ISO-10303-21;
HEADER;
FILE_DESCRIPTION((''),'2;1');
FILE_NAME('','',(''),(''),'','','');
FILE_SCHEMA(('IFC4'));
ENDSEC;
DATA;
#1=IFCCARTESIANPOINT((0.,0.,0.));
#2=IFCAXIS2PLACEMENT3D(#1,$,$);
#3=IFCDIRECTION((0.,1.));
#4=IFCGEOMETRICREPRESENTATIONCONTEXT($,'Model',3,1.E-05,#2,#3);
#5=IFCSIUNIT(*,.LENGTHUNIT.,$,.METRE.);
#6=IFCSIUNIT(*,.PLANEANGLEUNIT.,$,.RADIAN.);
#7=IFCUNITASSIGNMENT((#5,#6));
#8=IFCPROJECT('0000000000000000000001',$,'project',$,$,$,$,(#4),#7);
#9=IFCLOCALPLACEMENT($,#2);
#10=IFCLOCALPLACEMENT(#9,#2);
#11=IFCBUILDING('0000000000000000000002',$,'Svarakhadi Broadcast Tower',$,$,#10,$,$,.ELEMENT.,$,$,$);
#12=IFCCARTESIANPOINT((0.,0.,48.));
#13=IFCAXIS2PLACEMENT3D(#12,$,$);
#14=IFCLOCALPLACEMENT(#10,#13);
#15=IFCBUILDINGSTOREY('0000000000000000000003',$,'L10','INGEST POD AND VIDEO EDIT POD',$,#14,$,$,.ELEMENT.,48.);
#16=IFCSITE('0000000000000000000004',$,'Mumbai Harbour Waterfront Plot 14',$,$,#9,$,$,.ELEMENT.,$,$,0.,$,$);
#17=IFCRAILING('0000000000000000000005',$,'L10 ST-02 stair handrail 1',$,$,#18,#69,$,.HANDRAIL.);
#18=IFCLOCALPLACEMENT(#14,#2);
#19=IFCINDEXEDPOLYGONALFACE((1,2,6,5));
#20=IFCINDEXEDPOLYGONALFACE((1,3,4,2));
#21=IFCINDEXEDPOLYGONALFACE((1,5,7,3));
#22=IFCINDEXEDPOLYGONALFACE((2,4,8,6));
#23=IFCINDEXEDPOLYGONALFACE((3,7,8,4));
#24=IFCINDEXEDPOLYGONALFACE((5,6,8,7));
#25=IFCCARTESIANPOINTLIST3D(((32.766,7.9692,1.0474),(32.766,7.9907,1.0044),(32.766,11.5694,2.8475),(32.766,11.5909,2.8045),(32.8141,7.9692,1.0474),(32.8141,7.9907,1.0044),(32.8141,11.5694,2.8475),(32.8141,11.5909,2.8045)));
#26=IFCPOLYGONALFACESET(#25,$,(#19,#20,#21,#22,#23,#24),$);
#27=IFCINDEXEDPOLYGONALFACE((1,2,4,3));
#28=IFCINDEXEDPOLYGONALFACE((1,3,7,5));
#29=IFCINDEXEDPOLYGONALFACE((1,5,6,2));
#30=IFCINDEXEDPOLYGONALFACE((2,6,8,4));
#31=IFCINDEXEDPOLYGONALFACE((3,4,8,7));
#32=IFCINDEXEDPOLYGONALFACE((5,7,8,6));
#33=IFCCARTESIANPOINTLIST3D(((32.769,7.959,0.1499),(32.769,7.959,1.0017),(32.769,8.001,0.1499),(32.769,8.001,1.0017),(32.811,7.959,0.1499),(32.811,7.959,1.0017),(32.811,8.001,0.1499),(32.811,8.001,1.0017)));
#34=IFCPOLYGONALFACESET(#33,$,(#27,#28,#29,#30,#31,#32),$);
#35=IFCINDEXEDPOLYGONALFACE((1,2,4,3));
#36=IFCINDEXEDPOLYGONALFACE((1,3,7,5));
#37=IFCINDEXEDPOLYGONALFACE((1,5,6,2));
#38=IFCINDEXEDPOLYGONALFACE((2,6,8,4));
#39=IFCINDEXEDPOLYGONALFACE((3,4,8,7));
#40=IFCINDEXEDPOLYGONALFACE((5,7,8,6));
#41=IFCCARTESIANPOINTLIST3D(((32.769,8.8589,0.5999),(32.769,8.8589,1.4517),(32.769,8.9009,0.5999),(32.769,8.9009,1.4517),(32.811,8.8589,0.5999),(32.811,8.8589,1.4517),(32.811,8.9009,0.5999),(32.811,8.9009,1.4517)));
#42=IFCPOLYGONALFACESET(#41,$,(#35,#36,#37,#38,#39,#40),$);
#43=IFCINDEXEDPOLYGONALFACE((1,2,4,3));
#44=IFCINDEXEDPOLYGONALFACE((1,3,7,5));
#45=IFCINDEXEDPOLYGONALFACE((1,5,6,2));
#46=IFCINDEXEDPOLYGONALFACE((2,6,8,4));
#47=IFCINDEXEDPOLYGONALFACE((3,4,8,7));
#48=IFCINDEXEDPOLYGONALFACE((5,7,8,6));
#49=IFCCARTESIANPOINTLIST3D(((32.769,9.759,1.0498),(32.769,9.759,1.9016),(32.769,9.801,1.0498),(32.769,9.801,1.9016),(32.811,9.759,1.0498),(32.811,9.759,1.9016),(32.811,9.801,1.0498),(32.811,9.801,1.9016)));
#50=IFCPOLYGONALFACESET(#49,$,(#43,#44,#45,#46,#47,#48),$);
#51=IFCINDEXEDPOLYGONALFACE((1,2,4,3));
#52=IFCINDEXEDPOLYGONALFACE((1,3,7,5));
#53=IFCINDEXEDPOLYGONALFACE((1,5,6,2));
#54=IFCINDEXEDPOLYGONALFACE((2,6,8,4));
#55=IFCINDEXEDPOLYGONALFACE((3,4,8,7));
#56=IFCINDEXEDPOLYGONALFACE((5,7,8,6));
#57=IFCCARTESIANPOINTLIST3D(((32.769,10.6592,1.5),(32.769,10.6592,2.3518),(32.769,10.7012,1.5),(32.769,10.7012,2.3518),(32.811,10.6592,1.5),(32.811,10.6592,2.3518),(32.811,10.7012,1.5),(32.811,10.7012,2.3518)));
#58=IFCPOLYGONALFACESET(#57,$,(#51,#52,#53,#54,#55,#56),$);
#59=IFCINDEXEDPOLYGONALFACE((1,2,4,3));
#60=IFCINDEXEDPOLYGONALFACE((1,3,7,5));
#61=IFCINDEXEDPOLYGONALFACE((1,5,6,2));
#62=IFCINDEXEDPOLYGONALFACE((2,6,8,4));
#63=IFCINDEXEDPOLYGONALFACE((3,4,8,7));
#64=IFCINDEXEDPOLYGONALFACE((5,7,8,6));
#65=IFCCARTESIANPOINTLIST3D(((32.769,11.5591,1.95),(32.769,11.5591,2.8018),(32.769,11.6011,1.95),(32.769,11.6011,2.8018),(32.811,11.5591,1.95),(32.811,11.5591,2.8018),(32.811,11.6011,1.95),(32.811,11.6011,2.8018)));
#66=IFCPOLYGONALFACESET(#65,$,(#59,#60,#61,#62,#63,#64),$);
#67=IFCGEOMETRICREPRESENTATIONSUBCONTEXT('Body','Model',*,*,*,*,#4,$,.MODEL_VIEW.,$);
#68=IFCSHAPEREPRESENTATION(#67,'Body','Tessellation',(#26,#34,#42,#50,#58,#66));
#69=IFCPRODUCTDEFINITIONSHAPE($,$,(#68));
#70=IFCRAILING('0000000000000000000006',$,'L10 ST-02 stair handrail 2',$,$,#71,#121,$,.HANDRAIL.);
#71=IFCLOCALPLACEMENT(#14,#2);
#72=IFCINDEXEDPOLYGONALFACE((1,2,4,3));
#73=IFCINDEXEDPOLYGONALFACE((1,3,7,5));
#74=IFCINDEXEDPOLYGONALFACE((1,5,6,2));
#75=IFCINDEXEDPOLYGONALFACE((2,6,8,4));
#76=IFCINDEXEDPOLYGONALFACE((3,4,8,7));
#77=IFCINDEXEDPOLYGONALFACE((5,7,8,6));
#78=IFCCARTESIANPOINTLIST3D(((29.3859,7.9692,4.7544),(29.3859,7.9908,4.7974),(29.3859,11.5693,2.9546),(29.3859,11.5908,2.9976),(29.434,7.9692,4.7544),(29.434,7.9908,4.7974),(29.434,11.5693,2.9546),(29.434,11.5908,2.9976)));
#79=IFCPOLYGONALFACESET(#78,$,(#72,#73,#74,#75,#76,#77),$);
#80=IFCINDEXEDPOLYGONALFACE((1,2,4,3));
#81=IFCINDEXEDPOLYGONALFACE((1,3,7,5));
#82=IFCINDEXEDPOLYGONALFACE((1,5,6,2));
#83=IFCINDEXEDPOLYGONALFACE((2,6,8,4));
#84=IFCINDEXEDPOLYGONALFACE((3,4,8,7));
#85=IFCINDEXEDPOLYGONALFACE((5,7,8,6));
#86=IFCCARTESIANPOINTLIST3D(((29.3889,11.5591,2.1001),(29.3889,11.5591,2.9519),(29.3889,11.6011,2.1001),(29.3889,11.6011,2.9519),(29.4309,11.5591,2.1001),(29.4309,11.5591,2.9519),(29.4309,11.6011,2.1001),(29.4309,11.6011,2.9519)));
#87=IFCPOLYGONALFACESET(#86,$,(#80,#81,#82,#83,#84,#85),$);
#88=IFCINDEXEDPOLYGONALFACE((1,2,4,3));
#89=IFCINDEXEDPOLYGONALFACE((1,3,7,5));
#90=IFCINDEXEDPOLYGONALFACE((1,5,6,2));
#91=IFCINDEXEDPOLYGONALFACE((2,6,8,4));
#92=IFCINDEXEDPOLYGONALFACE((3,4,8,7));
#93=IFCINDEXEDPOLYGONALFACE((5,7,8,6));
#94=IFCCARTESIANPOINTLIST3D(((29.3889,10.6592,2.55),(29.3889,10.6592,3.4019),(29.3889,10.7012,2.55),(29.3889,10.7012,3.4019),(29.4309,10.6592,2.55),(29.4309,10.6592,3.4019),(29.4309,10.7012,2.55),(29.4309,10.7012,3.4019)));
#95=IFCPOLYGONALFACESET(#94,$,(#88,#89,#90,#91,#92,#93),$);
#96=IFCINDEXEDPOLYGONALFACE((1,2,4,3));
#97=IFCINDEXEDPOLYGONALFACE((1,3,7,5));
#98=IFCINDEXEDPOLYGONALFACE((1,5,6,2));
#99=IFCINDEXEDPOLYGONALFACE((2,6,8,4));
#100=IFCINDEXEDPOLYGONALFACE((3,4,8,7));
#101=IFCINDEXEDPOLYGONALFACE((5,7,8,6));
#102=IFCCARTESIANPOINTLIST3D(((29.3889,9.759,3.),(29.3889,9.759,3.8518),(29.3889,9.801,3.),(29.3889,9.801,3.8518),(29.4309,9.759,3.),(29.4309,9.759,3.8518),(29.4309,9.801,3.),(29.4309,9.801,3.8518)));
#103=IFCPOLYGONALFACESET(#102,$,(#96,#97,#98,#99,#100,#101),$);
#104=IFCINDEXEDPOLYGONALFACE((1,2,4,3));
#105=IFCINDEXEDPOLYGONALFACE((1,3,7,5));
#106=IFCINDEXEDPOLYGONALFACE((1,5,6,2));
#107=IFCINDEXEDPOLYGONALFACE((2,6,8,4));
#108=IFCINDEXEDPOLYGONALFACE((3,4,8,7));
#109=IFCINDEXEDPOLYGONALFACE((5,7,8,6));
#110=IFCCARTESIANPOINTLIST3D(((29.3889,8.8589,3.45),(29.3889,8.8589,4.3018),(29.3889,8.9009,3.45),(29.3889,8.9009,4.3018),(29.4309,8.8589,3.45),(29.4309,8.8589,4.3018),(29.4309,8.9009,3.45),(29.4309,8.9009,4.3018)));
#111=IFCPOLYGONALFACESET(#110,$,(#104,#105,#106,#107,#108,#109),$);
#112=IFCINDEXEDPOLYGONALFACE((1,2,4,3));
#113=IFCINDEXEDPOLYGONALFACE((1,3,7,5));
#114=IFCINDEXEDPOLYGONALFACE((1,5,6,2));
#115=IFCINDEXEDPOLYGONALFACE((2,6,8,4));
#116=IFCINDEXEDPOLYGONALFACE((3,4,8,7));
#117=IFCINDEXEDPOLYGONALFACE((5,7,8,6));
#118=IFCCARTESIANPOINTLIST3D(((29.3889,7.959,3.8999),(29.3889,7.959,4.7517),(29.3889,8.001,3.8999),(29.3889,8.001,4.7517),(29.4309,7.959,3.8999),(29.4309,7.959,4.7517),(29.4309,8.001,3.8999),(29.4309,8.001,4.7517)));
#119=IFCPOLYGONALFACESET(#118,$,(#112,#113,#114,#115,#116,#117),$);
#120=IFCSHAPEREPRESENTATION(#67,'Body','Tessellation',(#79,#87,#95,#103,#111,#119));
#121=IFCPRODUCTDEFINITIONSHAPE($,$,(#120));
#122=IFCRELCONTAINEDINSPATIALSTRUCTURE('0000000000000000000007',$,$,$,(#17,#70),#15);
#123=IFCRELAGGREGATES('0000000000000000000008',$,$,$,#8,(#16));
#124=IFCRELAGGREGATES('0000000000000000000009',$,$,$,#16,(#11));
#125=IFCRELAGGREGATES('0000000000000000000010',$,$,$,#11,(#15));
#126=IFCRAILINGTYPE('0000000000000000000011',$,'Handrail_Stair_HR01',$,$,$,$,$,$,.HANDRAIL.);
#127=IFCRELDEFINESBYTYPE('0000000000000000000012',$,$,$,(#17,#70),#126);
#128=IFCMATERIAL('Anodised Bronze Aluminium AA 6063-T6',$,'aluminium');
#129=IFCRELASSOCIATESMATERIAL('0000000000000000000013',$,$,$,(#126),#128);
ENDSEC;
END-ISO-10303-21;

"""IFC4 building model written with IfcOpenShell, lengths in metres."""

from ifc_helpers import new_model, si_unit, direction, frame, origin, origin_2d, place, context, subcontext, project, spatial, rectangle, extrude, material, type_object, element, save


model = new_model("IFC4")

# Units and contexts
model_context = context("Model", 3, precision=1e-05, world=origin(), true_north=direction((0.0, 1.0)))
body_context = subcontext(model_context, "Body", "Model", "MODEL_VIEW")
ifc_project = project(units=[si_unit("LENGTHUNIT", "METRE"), si_unit("PLANEANGLEUNIT", "RADIAN")], contexts=[model_context])

# Site, building, storey
site_placement = place(None, origin())
site = spatial("IfcSite", under=ifc_project, at=site_placement, Name="Mumbai Harbour Waterfront Plot 14", CompositionType="ELEMENT", RefElevation=0.0)
building_placement = place(site_placement, origin())
building = spatial("IfcBuilding", under=site, at=building_placement, Name="Svarakhadi Broadcast Tower", CompositionType="ELEMENT")
storey_placement = place(building_placement, frame((0.0, 0.0, 48.0)))
storey = spatial("IfcBuildingStorey", under=building, at=storey_placement, Name="L10", Description="INGEST POD AND VIDEO EDIT POD", CompositionType="ELEMENT", Elevation=48.0)

# Shared definitions
ifc_material_1 = material(Name="Anodised Bronze Aluminium AA 6063-T6", Category="aluminium")

# Railings
railing_type_1 = type_object("IfcRailingType", Name="Handrail_Stair_HR01", PredefinedType="HANDRAIL", material=ifc_material_1)
railing_1_placement = place(storey_placement, frame((32.79, 7.98, 0.1499)))
element("IfcRailing", 1, at=railing_1_placement, inside=storey, type_object=railing_type_1, Name="L10 ST-02 stair handrail 1", PredefinedType="HANDRAIL", context=body_context, shape_type="SweptSolid", body=[
    extrude(rectangle(XDim=0.0481, YDim=0.0481, at=origin_2d()), frame((0.0, 0.0, 0.876), z_axis=(0.0, 0.894427, 0.447214), x_axis=(-1.0, 0.0, 0.0)), (0.0, 0.0, 1.0), 4.0251),
    extrude(rectangle(XDim=0.042, YDim=0.042, at=origin_2d()), origin(), (0.0, 0.0, 1.0), 0.8518),
    extrude(rectangle(XDim=0.042, YDim=0.042, at=origin_2d()), frame((0.0, 0.8999, 0.45)), (0.0, 0.0, 1.0), 0.8518),
    extrude(rectangle(XDim=0.042, YDim=0.042, at=origin_2d()), frame((0.0, 1.8, 0.8999)), (0.0, 0.0, 1.0), 0.8518),
    extrude(rectangle(XDim=0.042, YDim=0.042, at=origin_2d()), frame((0.0, 2.7002, 1.3501)), (0.0, 0.0, 1.0), 0.8518),
    extrude(rectangle(XDim=0.042, YDim=0.042, at=origin_2d()), frame((0.0, 3.6001, 1.8)), (0.0, 0.0, 1.0), 0.8518),
])
railing_2_placement = place(storey_placement, frame((29.4099, 11.5801, 2.1001)))
element("IfcRailing", 2, at=railing_2_placement, inside=storey, type_object=railing_type_1, Name="L10 ST-02 stair handrail 2", PredefinedType="HANDRAIL", context=body_context, shape_type="SweptSolid", body=[
    extrude(rectangle(XDim=0.0481, YDim=0.0481, at=origin_2d()), frame((0.0, 0.0, 0.876), z_axis=(0.0, -0.894451, 0.447165), x_axis=(1.0, 0.0, 0.0)), (0.0, 0.0, 1.0), 4.0249),
    extrude(rectangle(XDim=0.042, YDim=0.042, at=origin_2d()), origin(), (0.0, 0.0, 1.0), 0.8518),
    extrude(rectangle(XDim=0.042, YDim=0.042, at=origin_2d()), frame((0.0, -0.8999, 0.45)), (0.0, 0.0, 1.0), 0.8518),
    extrude(rectangle(XDim=0.042, YDim=0.042, at=origin_2d()), frame((0.0, -1.8, 0.8999)), (0.0, 0.0, 1.0), 0.8518),
    extrude(rectangle(XDim=0.042, YDim=0.042, at=origin_2d()), frame((0.0, -2.7002, 1.3499)), (0.0, 0.0, 1.0), 0.8518),
    extrude(rectangle(XDim=0.042, YDim=0.042, at=origin_2d()), frame((0.0, -3.6001, 1.7998)), (0.0, 0.0, 1.0), 0.8518),
])

save(model, "model.ifc")
